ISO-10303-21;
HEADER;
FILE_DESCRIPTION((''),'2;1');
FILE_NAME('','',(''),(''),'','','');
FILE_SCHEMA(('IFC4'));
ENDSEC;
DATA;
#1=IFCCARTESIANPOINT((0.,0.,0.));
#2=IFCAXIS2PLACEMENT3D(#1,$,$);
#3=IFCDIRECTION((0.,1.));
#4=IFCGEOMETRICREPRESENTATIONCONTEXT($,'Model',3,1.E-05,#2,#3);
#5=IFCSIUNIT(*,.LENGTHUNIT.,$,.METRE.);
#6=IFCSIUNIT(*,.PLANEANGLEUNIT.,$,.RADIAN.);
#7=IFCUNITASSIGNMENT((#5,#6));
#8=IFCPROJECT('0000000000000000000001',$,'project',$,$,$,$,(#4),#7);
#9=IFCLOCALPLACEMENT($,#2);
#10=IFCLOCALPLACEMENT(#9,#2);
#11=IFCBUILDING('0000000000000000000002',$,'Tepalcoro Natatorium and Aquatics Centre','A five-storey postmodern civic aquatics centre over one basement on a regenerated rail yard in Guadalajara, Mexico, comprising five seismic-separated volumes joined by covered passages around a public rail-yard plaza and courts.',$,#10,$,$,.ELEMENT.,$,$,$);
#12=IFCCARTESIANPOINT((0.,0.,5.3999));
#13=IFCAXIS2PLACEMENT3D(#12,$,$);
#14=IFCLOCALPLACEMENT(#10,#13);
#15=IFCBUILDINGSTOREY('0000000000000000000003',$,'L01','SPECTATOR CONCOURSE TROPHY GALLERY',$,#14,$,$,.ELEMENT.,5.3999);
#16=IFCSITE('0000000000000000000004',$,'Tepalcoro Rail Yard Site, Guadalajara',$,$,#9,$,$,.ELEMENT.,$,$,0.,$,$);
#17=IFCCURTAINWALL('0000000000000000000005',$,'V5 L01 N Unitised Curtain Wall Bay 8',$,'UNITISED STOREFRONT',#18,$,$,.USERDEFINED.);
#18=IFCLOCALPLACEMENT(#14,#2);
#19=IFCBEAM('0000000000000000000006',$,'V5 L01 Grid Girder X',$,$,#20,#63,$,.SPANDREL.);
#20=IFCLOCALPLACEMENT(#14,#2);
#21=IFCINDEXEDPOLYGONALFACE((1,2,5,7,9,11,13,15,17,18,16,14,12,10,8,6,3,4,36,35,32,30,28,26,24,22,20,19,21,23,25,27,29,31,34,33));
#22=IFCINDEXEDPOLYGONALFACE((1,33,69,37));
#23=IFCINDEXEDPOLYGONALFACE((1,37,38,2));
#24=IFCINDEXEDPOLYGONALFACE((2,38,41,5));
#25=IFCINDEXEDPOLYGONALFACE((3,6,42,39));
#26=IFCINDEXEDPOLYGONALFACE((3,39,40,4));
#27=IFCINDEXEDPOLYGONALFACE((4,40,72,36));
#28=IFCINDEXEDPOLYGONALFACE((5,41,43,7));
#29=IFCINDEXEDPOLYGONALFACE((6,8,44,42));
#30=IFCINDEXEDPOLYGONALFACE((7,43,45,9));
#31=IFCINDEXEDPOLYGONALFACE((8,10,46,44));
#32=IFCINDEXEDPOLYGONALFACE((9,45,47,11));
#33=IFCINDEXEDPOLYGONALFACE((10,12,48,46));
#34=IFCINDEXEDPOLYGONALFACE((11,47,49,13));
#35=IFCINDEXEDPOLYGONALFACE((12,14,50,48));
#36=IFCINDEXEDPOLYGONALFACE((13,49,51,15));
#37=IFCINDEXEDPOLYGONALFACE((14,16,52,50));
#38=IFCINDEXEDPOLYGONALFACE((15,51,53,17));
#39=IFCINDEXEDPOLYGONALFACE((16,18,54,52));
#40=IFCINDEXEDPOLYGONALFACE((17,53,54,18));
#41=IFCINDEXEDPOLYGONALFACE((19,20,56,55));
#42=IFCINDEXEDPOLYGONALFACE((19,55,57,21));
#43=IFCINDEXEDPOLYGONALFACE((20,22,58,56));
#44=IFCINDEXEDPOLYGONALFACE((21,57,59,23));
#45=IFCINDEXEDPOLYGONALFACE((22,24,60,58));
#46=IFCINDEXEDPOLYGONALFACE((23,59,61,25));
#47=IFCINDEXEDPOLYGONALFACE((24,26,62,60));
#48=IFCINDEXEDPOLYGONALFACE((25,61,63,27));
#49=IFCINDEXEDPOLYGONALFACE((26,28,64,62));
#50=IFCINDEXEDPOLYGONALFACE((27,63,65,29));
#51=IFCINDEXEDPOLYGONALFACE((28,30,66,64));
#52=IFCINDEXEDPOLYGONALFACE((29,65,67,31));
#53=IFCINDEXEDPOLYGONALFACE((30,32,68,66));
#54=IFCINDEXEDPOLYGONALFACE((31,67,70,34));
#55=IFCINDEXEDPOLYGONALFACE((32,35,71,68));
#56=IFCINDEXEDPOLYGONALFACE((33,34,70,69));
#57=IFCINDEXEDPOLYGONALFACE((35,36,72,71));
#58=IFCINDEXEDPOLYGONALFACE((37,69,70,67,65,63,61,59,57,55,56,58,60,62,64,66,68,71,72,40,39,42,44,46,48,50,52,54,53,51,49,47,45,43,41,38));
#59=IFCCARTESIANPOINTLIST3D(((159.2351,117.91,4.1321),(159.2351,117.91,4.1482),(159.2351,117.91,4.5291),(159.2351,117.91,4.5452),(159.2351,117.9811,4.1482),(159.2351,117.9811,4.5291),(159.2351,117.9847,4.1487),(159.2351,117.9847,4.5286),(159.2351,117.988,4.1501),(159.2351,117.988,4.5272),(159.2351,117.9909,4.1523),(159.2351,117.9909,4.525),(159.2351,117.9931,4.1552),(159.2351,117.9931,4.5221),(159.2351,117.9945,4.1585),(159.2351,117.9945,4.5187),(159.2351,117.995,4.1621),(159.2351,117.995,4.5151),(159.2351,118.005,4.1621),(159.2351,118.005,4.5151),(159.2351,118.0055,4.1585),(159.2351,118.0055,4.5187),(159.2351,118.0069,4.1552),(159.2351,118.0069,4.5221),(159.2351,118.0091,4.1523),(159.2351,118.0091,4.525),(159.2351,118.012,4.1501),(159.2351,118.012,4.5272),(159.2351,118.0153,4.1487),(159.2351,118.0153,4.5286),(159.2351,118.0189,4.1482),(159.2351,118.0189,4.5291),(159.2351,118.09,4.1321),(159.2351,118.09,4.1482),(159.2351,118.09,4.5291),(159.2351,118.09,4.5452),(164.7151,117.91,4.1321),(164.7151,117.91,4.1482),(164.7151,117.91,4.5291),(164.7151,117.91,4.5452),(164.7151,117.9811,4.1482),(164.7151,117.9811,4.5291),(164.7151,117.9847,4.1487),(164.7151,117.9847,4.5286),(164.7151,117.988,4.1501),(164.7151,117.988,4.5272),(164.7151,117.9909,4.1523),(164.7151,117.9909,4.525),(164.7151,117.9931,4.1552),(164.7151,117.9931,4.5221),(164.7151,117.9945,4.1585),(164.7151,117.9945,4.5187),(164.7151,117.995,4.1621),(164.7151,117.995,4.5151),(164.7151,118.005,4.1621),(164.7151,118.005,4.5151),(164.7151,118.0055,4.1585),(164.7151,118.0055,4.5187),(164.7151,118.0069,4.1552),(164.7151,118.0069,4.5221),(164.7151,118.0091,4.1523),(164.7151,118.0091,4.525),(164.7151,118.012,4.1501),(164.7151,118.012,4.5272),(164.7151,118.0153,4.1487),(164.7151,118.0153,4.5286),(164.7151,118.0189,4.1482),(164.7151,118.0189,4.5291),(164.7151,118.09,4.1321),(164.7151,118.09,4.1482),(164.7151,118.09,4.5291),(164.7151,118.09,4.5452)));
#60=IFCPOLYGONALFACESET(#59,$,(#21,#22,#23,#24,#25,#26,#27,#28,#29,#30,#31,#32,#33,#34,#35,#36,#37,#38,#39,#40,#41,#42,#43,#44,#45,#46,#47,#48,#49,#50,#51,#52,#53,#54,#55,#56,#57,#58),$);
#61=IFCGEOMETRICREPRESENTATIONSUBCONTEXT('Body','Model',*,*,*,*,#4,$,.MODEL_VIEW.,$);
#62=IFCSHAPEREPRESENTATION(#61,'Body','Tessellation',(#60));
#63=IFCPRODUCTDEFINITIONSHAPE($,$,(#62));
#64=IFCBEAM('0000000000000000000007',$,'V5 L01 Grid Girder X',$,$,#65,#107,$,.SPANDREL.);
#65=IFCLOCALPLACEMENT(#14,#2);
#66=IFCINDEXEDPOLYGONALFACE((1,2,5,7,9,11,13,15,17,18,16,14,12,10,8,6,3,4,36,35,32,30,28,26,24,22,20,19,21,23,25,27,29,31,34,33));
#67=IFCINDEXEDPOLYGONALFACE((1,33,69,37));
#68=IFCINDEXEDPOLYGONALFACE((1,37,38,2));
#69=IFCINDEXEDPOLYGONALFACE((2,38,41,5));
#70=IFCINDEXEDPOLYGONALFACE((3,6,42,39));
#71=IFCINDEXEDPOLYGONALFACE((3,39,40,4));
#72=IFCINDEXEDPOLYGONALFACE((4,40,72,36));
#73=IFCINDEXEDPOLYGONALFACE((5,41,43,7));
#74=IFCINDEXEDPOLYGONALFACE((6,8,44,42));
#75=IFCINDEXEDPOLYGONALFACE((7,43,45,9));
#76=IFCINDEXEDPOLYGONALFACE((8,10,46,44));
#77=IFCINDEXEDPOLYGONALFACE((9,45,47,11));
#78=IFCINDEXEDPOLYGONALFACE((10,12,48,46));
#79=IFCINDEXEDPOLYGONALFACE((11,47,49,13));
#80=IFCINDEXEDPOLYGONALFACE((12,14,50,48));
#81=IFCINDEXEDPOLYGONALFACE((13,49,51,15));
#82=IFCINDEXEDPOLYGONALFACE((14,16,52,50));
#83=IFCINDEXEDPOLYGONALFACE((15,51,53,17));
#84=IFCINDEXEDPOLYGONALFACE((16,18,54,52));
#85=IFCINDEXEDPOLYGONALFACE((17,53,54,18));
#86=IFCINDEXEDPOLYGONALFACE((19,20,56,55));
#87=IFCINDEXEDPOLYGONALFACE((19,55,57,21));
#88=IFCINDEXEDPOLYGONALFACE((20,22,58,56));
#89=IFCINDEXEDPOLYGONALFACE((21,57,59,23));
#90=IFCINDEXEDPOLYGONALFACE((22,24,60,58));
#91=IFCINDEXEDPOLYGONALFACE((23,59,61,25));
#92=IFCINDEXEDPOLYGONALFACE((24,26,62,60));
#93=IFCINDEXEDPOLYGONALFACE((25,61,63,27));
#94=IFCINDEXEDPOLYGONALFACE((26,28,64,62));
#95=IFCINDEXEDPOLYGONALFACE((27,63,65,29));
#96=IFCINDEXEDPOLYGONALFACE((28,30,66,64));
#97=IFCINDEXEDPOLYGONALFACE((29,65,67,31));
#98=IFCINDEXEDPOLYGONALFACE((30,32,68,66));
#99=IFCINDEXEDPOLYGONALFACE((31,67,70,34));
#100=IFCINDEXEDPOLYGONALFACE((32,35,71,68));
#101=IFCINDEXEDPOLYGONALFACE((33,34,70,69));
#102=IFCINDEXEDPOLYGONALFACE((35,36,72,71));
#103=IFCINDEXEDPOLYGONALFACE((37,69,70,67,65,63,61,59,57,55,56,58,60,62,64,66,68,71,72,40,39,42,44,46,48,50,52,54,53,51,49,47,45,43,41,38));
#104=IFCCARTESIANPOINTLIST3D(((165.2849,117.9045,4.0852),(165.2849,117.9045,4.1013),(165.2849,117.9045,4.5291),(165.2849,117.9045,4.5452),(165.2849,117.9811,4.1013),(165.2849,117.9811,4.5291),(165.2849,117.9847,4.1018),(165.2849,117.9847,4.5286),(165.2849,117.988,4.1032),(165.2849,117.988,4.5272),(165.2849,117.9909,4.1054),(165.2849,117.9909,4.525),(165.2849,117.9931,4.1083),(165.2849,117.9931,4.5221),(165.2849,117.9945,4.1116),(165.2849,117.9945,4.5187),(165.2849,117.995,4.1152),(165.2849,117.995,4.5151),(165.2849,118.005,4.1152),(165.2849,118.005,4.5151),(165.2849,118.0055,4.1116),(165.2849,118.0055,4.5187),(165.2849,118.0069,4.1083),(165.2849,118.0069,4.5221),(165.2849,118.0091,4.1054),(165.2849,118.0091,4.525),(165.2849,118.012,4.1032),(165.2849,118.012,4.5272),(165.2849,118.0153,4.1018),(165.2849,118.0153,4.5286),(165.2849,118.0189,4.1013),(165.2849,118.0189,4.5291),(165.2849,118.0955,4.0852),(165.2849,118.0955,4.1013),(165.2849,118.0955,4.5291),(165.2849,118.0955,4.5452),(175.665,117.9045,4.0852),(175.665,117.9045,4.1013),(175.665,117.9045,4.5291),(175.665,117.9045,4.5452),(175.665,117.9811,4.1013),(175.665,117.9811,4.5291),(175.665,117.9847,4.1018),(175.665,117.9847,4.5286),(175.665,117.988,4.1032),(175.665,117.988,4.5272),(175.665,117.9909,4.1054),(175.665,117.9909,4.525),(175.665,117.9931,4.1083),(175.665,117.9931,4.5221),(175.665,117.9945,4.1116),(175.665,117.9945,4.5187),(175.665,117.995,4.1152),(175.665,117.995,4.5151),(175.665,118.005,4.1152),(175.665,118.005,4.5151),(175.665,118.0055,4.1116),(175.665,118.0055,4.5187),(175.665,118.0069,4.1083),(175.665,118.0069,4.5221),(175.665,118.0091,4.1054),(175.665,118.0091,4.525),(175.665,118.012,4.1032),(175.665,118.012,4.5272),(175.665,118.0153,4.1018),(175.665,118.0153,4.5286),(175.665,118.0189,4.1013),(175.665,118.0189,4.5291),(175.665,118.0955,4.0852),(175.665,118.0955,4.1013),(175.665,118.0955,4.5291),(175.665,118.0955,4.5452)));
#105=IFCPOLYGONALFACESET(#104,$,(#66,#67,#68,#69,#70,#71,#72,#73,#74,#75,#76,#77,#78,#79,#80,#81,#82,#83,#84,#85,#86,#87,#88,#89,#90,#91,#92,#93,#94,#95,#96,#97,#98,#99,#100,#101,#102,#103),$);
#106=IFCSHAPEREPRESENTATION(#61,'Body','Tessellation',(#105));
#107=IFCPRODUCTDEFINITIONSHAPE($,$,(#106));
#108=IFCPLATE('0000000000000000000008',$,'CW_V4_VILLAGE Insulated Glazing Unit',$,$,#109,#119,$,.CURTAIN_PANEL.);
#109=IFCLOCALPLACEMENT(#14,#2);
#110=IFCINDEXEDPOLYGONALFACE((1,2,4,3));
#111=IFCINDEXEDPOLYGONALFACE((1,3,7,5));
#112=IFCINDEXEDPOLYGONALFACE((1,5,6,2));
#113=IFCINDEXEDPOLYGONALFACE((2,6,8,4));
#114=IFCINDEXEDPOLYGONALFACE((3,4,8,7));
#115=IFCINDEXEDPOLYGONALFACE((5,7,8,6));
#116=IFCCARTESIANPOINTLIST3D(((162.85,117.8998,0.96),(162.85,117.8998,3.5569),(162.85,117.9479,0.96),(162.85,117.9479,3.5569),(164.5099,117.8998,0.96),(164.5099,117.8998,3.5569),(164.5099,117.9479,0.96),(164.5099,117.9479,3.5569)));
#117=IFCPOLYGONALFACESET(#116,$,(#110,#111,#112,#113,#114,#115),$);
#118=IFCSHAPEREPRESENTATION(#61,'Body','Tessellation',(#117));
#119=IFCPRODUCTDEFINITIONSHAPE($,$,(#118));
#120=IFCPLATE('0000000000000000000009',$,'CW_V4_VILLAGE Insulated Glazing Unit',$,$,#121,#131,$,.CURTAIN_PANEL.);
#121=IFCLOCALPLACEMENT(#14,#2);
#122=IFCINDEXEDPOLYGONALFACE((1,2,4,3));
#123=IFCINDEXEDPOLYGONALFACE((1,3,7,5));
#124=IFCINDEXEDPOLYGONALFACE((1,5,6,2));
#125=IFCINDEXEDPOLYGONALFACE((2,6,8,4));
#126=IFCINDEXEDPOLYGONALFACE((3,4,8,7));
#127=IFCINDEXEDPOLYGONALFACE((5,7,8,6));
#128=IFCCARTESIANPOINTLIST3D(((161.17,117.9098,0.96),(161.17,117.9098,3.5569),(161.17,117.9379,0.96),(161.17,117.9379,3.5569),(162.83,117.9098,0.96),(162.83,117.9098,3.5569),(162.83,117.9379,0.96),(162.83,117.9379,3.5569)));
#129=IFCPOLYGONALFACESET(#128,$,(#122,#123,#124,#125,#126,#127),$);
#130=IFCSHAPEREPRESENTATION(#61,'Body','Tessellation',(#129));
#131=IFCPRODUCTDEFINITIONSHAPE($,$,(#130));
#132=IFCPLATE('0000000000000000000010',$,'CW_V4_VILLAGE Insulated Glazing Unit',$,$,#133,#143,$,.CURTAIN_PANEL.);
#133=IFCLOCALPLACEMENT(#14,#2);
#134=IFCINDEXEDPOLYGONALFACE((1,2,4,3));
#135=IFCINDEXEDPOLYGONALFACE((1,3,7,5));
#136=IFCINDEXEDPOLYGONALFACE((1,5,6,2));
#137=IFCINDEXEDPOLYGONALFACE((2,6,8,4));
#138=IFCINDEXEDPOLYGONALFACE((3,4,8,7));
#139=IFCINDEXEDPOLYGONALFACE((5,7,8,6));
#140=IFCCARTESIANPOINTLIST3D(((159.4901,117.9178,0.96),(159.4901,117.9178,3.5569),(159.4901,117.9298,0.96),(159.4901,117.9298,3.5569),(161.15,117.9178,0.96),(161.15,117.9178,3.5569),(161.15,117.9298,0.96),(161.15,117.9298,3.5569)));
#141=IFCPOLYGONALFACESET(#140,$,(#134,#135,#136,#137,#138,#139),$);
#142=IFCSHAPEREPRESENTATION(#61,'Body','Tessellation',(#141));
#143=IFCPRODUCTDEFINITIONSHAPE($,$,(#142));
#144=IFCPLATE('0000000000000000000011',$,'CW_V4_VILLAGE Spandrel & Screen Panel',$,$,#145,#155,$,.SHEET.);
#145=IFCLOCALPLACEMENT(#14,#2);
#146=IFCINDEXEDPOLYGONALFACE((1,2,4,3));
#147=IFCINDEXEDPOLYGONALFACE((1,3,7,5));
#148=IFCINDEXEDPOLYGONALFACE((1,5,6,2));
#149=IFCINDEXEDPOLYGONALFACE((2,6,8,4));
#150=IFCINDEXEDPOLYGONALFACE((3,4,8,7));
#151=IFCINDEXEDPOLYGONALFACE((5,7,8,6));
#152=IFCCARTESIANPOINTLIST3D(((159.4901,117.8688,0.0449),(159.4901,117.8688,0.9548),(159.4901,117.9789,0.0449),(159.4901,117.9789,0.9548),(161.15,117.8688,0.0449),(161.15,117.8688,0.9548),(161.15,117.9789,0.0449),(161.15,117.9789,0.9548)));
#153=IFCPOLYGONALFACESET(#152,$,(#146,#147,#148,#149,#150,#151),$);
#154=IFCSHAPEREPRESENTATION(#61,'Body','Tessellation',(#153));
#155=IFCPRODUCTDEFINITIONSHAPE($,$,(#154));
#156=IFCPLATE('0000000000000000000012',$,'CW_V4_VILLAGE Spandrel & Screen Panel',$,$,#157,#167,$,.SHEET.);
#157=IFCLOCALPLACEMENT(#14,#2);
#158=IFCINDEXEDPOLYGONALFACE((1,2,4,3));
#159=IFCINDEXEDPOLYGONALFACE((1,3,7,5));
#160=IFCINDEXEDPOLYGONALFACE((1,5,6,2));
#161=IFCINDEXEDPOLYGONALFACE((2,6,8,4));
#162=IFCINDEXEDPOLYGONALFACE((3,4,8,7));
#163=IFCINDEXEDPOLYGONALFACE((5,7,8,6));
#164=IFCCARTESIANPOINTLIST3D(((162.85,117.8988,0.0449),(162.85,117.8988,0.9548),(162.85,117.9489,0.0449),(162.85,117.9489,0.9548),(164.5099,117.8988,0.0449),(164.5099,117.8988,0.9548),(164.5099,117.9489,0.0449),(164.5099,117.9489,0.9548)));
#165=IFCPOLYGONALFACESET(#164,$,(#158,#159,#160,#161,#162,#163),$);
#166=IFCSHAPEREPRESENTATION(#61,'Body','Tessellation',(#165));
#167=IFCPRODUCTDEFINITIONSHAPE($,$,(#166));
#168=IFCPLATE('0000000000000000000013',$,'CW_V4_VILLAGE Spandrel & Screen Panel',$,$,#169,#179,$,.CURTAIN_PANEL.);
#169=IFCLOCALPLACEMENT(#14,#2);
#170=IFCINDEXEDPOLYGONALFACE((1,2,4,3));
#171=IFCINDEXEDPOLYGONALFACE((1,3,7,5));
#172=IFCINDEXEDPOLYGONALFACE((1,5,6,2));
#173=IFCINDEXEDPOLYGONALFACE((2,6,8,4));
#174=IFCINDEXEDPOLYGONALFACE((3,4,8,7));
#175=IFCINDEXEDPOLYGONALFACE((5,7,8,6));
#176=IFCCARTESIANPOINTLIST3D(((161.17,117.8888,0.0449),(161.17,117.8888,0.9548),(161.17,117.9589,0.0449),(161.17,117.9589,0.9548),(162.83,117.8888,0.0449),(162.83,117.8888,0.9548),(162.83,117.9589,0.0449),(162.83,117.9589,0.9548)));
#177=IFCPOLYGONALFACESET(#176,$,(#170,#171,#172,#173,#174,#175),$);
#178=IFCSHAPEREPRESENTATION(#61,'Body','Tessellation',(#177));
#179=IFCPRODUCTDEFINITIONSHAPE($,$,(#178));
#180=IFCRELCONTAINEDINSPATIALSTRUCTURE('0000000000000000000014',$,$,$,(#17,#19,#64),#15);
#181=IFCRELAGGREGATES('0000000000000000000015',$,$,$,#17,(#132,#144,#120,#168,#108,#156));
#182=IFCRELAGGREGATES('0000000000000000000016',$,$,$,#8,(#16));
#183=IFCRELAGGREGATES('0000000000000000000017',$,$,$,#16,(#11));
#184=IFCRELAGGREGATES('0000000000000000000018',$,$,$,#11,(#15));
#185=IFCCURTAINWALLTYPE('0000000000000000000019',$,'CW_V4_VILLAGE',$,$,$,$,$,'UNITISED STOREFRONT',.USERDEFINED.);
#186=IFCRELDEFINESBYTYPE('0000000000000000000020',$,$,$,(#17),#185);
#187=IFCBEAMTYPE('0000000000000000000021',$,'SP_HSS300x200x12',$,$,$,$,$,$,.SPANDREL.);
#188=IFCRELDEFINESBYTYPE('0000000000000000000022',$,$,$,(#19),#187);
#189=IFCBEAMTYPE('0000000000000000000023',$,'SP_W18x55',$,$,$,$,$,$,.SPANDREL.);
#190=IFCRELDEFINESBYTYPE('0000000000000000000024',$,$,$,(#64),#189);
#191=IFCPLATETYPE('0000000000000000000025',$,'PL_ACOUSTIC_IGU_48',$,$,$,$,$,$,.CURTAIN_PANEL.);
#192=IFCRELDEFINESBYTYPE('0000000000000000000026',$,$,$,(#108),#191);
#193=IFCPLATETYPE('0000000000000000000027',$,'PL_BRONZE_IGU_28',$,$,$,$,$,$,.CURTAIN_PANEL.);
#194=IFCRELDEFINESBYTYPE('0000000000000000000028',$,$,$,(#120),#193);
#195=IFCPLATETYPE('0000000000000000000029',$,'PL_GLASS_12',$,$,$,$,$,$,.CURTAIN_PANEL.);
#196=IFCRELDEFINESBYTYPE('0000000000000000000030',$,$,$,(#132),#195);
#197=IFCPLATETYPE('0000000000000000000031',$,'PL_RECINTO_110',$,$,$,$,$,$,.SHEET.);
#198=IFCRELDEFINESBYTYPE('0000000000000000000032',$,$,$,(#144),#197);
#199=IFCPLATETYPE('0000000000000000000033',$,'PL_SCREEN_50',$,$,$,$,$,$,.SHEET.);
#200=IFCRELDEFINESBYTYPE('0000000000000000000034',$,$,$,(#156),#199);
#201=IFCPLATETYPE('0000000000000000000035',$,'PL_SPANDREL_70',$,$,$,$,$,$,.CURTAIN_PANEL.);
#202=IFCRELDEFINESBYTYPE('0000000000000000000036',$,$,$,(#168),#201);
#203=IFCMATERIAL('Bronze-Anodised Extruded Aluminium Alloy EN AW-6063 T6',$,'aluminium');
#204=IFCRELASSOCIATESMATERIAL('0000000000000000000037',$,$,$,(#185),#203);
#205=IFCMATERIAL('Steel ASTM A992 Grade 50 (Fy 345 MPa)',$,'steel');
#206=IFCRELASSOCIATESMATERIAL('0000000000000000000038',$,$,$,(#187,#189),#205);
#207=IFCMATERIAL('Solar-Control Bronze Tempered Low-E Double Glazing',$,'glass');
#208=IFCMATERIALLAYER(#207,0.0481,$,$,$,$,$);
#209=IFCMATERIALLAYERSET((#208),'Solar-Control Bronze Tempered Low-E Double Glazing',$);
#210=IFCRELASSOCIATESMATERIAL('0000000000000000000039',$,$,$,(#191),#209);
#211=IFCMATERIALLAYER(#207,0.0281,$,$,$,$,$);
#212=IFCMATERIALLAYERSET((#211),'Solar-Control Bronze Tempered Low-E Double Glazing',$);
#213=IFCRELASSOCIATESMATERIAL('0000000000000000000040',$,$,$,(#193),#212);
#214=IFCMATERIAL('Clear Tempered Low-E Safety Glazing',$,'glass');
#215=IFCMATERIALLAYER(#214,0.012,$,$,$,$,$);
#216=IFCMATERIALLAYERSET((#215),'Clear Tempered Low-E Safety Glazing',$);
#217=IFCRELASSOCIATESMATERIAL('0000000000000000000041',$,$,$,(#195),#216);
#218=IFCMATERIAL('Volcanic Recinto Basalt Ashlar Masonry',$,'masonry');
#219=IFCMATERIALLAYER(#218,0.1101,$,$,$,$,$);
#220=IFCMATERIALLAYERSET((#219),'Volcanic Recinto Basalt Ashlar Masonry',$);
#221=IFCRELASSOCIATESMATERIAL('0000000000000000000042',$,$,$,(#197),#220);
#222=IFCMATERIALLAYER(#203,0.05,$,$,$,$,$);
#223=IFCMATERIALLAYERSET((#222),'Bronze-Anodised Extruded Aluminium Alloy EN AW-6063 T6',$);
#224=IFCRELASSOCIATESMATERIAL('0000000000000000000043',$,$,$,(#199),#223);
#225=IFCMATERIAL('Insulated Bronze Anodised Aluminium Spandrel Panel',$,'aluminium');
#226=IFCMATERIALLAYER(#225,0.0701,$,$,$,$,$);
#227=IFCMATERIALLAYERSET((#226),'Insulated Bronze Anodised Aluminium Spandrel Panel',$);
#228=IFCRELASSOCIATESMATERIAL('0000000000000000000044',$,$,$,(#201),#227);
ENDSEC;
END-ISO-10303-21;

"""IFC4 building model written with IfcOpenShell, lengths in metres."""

from ifc_helpers import new_model, si_unit, direction, frame, origin, origin_2d, place, context, subcontext, project, spatial, rectangle, i_section, extrude, material, layer, layer_set, material_profile, profile_set, type_object, element, aggregate, save


model = new_model("IFC4")

# Units and contexts
model_context = context("Model", 3, precision=1e-05, world=origin(), true_north=direction((0.0, 1.0)))
body_context = subcontext(model_context, "Body", "Model", "MODEL_VIEW")
ifc_project = project(units=[si_unit("LENGTHUNIT", "METRE"), si_unit("PLANEANGLEUNIT", "RADIAN")], contexts=[model_context])

# Site, building, storey
site_placement = place(None, origin())
site = spatial("IfcSite", under=ifc_project, at=site_placement, Name="Tepalcoro Rail Yard Site, Guadalajara", CompositionType="ELEMENT", RefElevation=0.0)
building_placement = place(site_placement, origin())
building = spatial("IfcBuilding", under=site, at=building_placement, Name="Tepalcoro Natatorium and Aquatics Centre", Description="A five-storey postmodern civic aquatics centre over one basement on a regenerated rail yard in Guadalajara, Mexico, comprising five seismic-separated volumes joined by covered passages around a public rail-yard plaza and courts.", CompositionType="ELEMENT")
storey_placement = place(building_placement, frame((0.0, 0.0, 5.3999)))
storey = spatial("IfcBuildingStorey", under=building, at=storey_placement, Name="L01", Description="SPECTATOR CONCOURSE TROPHY GALLERY", CompositionType="ELEMENT", Elevation=5.3999)

# Curtain wall
ifc_material_1 = material(Name="Bronze-Anodised Extruded Aluminium Alloy EN AW-6063 T6", Category="aluminium")
curtain_wall_type = type_object("IfcCurtainWallType", Name="CW_V4_VILLAGE", ElementType="UNITISED STOREFRONT", PredefinedType="USERDEFINED", material=ifc_material_1)
curtain_wall_placement = place(storey_placement, origin())
curtain_wall = element("IfcCurtainWall", 1, at=curtain_wall_placement, inside=storey, type_object=curtain_wall_type, Name="V5 L01 N Unitised Curtain Wall Bay 8", ObjectType="UNITISED STOREFRONT", PredefinedType="USERDEFINED")

# Beams
ifc_material_2 = material(Name="Steel ASTM A992 Grade 50 (Fy 345 MPa)", Category="steel")
ifc_material_profile_1 = material_profile(ifc_material_2, i_section(OverallWidth=0.1799, OverallDepth=0.4131, WebThickness=0.01, FlangeThickness=0.0161, FilletRadius=0.0139, at=origin_2d()), Name="W16X50")
ifc_profile_set_1 = profile_set([ifc_material_profile_1], Name="Steel ASTM A992 Grade 50 (Fy 345 MPa)")
beam_type_1 = type_object("IfcBeamType", Name="SP_HSS300x200x12", PredefinedType="SPANDREL", material=ifc_profile_set_1)
beam_1_placement = place(storey_placement, frame((159.2351, 118.0, 4.3386), z_axis=(1.0, 0.0, 0.0), x_axis=(0.0, 1.0, 0.0)))
element("IfcBeam", 2, at=beam_1_placement, inside=storey, type_object=beam_type_1, Name="V5 L01 Grid Girder X", PredefinedType="SPANDREL", context=body_context, shape_type="SweptSolid", body=[
    extrude(i_section(OverallWidth=0.1799, OverallDepth=0.4131, WebThickness=0.01, FlangeThickness=0.0161, FilletRadius=0.0139, at=origin_2d()), origin(), (0.0, 0.0, 1.0), 5.48),
])
ifc_material_profile_2 = material_profile(ifc_material_2, i_section(OverallWidth=0.1909, OverallDepth=0.46, WebThickness=0.01, FlangeThickness=0.0161, FilletRadius=0.0139, at=origin_2d()), Name="W18X55")
ifc_profile_set_2 = profile_set([ifc_material_profile_2], Name="Steel ASTM A992 Grade 50 (Fy 345 MPa)")
beam_type_2 = type_object("IfcBeamType", Name="SP_W18x55", PredefinedType="SPANDREL", material=ifc_profile_set_2)
beam_2_placement = place(storey_placement, frame((165.2849, 118.0, 4.3152), z_axis=(1.0, 0.0, 0.0), x_axis=(0.0, 1.0, 0.0)))
element("IfcBeam", 3, at=beam_2_placement, inside=storey, type_object=beam_type_2, Name="V5 L01 Grid Girder X", PredefinedType="SPANDREL", context=body_context, shape_type="SweptSolid", body=[
    extrude(i_section(OverallWidth=0.1909, OverallDepth=0.46, WebThickness=0.01, FlangeThickness=0.0161, FilletRadius=0.0139, at=origin_2d()), origin(), (0.0, 0.0, 1.0), 10.3801),
])

# Plates
ifc_material_3 = material(Name="Solar-Control Bronze Tempered Low-E Double Glazing", Category="glass")
ifc_layer_1 = layer(ifc_material_3, 0.0481)
ifc_layer_set_1 = layer_set([ifc_layer_1], Name="Solar-Control Bronze Tempered Low-E Double Glazing")
plate_type_1 = type_object("IfcPlateType", Name="PL_ACOUSTIC_IGU_48", PredefinedType="CURTAIN_PANEL", material=ifc_layer_set_1)
plate_1_placement = place(storey_placement, frame((163.6799, 117.9238, 0.96), z_axis=(0.0, 0.0, 1.0), x_axis=(1.0, 0.0, 0.0)))
plate_1 = element("IfcPlate", 4, at=plate_1_placement, type_object=plate_type_1, Name="CW_V4_VILLAGE Insulated Glazing Unit", PredefinedType="CURTAIN_PANEL", context=body_context, shape_type="SweptSolid", body=[
    extrude(rectangle(XDim=1.6599, YDim=0.0481, at=origin_2d()), origin(), (0.0, 0.0, 1.0), 2.5969),
])
ifc_layer_2 = layer(ifc_material_3, 0.0281)
ifc_layer_set_2 = layer_set([ifc_layer_2], Name="Solar-Control Bronze Tempered Low-E Double Glazing")
plate_type_2 = type_object("IfcPlateType", Name="PL_BRONZE_IGU_28", PredefinedType="CURTAIN_PANEL", material=ifc_layer_set_2)
plate_2_placement = place(storey_placement, frame((162.0, 117.9238, 0.96), z_axis=(0.0, 0.0, 1.0), x_axis=(1.0, 0.0, 0.0)))
plate_2 = element("IfcPlate", 5, at=plate_2_placement, type_object=plate_type_2, Name="CW_V4_VILLAGE Insulated Glazing Unit", PredefinedType="CURTAIN_PANEL", context=body_context, shape_type="SweptSolid", body=[
    extrude(rectangle(XDim=1.6599, YDim=0.0281, at=origin_2d()), origin(), (0.0, 0.0, 1.0), 2.5969),
])
ifc_material_4 = material(Name="Clear Tempered Low-E Safety Glazing", Category="glass")
ifc_layer_3 = layer(ifc_material_4, 0.012)
ifc_layer_set_3 = layer_set([ifc_layer_3], Name="Clear Tempered Low-E Safety Glazing")
plate_type_3 = type_object("IfcPlateType", Name="PL_GLASS_12", PredefinedType="CURTAIN_PANEL", material=ifc_layer_set_3)
plate_3_placement = place(storey_placement, frame((160.3201, 117.9238, 0.96), z_axis=(0.0, 0.0, 1.0), x_axis=(1.0, 0.0, 0.0)))
plate_3 = element("IfcPlate", 6, at=plate_3_placement, type_object=plate_type_3, Name="CW_V4_VILLAGE Insulated Glazing Unit", PredefinedType="CURTAIN_PANEL", context=body_context, shape_type="SweptSolid", body=[
    extrude(rectangle(XDim=1.6599, YDim=0.012, at=origin_2d()), origin(), (0.0, 0.0, 1.0), 2.5969),
])
ifc_material_5 = material(Name="Volcanic Recinto Basalt Ashlar Masonry", Category="masonry")
ifc_layer_4 = layer(ifc_material_5, 0.1101)
ifc_layer_set_4 = layer_set([ifc_layer_4], Name="Volcanic Recinto Basalt Ashlar Masonry")
plate_type_4 = type_object("IfcPlateType", Name="PL_RECINTO_110", PredefinedType="SHEET", material=ifc_layer_set_4)
plate_4_placement = place(storey_placement, frame((160.3201, 117.9238, 0.0449), z_axis=(0.0, 0.0, 1.0), x_axis=(1.0, 0.0, 0.0)))
plate_4 = element("IfcPlate", 7, at=plate_4_placement, type_object=plate_type_4, Name="CW_V4_VILLAGE Spandrel & Screen Panel", PredefinedType="SHEET", context=body_context, shape_type="SweptSolid", body=[
    extrude(rectangle(XDim=1.6599, YDim=0.1101, at=origin_2d()), origin(), (0.0, 0.0, 1.0), 0.9099),
])
ifc_layer_5 = layer(ifc_material_1, 0.05)
ifc_layer_set_5 = layer_set([ifc_layer_5], Name="Bronze-Anodised Extruded Aluminium Alloy EN AW-6063 T6")
plate_type_5 = type_object("IfcPlateType", Name="PL_SCREEN_50", PredefinedType="SHEET", material=ifc_layer_set_5)
plate_5_placement = place(storey_placement, frame((163.6799, 117.9238, 0.0449), z_axis=(0.0, 0.0, 1.0), x_axis=(1.0, 0.0, 0.0)))
plate_5 = element("IfcPlate", 8, at=plate_5_placement, type_object=plate_type_5, Name="CW_V4_VILLAGE Spandrel & Screen Panel", PredefinedType="SHEET", context=body_context, shape_type="SweptSolid", body=[
    extrude(rectangle(XDim=1.6599, YDim=0.05, at=origin_2d()), origin(), (0.0, 0.0, 1.0), 0.9099),
])
ifc_material_6 = material(Name="Insulated Bronze Anodised Aluminium Spandrel Panel", Category="aluminium")
ifc_layer_6 = layer(ifc_material_6, 0.0701)
ifc_layer_set_6 = layer_set([ifc_layer_6], Name="Insulated Bronze Anodised Aluminium Spandrel Panel")
plate_type_6 = type_object("IfcPlateType", Name="PL_SPANDREL_70", PredefinedType="CURTAIN_PANEL", material=ifc_layer_set_6)
plate_6_placement = place(storey_placement, frame((162.0, 117.9238, 0.0449), z_axis=(0.0, 0.0, 1.0), x_axis=(1.0, 0.0, 0.0)))
plate_6 = element("IfcPlate", 9, at=plate_6_placement, type_object=plate_type_6, Name="CW_V4_VILLAGE Spandrel & Screen Panel", PredefinedType="CURTAIN_PANEL", context=body_context, shape_type="SweptSolid", body=[
    extrude(rectangle(XDim=1.6599, YDim=0.0701, at=origin_2d()), origin(), (0.0, 0.0, 1.0), 0.9099),
])
aggregate(curtain_wall, [plate_3, plate_4, plate_2, plate_6, plate_1, plate_5])

save(model, "model.ifc")
